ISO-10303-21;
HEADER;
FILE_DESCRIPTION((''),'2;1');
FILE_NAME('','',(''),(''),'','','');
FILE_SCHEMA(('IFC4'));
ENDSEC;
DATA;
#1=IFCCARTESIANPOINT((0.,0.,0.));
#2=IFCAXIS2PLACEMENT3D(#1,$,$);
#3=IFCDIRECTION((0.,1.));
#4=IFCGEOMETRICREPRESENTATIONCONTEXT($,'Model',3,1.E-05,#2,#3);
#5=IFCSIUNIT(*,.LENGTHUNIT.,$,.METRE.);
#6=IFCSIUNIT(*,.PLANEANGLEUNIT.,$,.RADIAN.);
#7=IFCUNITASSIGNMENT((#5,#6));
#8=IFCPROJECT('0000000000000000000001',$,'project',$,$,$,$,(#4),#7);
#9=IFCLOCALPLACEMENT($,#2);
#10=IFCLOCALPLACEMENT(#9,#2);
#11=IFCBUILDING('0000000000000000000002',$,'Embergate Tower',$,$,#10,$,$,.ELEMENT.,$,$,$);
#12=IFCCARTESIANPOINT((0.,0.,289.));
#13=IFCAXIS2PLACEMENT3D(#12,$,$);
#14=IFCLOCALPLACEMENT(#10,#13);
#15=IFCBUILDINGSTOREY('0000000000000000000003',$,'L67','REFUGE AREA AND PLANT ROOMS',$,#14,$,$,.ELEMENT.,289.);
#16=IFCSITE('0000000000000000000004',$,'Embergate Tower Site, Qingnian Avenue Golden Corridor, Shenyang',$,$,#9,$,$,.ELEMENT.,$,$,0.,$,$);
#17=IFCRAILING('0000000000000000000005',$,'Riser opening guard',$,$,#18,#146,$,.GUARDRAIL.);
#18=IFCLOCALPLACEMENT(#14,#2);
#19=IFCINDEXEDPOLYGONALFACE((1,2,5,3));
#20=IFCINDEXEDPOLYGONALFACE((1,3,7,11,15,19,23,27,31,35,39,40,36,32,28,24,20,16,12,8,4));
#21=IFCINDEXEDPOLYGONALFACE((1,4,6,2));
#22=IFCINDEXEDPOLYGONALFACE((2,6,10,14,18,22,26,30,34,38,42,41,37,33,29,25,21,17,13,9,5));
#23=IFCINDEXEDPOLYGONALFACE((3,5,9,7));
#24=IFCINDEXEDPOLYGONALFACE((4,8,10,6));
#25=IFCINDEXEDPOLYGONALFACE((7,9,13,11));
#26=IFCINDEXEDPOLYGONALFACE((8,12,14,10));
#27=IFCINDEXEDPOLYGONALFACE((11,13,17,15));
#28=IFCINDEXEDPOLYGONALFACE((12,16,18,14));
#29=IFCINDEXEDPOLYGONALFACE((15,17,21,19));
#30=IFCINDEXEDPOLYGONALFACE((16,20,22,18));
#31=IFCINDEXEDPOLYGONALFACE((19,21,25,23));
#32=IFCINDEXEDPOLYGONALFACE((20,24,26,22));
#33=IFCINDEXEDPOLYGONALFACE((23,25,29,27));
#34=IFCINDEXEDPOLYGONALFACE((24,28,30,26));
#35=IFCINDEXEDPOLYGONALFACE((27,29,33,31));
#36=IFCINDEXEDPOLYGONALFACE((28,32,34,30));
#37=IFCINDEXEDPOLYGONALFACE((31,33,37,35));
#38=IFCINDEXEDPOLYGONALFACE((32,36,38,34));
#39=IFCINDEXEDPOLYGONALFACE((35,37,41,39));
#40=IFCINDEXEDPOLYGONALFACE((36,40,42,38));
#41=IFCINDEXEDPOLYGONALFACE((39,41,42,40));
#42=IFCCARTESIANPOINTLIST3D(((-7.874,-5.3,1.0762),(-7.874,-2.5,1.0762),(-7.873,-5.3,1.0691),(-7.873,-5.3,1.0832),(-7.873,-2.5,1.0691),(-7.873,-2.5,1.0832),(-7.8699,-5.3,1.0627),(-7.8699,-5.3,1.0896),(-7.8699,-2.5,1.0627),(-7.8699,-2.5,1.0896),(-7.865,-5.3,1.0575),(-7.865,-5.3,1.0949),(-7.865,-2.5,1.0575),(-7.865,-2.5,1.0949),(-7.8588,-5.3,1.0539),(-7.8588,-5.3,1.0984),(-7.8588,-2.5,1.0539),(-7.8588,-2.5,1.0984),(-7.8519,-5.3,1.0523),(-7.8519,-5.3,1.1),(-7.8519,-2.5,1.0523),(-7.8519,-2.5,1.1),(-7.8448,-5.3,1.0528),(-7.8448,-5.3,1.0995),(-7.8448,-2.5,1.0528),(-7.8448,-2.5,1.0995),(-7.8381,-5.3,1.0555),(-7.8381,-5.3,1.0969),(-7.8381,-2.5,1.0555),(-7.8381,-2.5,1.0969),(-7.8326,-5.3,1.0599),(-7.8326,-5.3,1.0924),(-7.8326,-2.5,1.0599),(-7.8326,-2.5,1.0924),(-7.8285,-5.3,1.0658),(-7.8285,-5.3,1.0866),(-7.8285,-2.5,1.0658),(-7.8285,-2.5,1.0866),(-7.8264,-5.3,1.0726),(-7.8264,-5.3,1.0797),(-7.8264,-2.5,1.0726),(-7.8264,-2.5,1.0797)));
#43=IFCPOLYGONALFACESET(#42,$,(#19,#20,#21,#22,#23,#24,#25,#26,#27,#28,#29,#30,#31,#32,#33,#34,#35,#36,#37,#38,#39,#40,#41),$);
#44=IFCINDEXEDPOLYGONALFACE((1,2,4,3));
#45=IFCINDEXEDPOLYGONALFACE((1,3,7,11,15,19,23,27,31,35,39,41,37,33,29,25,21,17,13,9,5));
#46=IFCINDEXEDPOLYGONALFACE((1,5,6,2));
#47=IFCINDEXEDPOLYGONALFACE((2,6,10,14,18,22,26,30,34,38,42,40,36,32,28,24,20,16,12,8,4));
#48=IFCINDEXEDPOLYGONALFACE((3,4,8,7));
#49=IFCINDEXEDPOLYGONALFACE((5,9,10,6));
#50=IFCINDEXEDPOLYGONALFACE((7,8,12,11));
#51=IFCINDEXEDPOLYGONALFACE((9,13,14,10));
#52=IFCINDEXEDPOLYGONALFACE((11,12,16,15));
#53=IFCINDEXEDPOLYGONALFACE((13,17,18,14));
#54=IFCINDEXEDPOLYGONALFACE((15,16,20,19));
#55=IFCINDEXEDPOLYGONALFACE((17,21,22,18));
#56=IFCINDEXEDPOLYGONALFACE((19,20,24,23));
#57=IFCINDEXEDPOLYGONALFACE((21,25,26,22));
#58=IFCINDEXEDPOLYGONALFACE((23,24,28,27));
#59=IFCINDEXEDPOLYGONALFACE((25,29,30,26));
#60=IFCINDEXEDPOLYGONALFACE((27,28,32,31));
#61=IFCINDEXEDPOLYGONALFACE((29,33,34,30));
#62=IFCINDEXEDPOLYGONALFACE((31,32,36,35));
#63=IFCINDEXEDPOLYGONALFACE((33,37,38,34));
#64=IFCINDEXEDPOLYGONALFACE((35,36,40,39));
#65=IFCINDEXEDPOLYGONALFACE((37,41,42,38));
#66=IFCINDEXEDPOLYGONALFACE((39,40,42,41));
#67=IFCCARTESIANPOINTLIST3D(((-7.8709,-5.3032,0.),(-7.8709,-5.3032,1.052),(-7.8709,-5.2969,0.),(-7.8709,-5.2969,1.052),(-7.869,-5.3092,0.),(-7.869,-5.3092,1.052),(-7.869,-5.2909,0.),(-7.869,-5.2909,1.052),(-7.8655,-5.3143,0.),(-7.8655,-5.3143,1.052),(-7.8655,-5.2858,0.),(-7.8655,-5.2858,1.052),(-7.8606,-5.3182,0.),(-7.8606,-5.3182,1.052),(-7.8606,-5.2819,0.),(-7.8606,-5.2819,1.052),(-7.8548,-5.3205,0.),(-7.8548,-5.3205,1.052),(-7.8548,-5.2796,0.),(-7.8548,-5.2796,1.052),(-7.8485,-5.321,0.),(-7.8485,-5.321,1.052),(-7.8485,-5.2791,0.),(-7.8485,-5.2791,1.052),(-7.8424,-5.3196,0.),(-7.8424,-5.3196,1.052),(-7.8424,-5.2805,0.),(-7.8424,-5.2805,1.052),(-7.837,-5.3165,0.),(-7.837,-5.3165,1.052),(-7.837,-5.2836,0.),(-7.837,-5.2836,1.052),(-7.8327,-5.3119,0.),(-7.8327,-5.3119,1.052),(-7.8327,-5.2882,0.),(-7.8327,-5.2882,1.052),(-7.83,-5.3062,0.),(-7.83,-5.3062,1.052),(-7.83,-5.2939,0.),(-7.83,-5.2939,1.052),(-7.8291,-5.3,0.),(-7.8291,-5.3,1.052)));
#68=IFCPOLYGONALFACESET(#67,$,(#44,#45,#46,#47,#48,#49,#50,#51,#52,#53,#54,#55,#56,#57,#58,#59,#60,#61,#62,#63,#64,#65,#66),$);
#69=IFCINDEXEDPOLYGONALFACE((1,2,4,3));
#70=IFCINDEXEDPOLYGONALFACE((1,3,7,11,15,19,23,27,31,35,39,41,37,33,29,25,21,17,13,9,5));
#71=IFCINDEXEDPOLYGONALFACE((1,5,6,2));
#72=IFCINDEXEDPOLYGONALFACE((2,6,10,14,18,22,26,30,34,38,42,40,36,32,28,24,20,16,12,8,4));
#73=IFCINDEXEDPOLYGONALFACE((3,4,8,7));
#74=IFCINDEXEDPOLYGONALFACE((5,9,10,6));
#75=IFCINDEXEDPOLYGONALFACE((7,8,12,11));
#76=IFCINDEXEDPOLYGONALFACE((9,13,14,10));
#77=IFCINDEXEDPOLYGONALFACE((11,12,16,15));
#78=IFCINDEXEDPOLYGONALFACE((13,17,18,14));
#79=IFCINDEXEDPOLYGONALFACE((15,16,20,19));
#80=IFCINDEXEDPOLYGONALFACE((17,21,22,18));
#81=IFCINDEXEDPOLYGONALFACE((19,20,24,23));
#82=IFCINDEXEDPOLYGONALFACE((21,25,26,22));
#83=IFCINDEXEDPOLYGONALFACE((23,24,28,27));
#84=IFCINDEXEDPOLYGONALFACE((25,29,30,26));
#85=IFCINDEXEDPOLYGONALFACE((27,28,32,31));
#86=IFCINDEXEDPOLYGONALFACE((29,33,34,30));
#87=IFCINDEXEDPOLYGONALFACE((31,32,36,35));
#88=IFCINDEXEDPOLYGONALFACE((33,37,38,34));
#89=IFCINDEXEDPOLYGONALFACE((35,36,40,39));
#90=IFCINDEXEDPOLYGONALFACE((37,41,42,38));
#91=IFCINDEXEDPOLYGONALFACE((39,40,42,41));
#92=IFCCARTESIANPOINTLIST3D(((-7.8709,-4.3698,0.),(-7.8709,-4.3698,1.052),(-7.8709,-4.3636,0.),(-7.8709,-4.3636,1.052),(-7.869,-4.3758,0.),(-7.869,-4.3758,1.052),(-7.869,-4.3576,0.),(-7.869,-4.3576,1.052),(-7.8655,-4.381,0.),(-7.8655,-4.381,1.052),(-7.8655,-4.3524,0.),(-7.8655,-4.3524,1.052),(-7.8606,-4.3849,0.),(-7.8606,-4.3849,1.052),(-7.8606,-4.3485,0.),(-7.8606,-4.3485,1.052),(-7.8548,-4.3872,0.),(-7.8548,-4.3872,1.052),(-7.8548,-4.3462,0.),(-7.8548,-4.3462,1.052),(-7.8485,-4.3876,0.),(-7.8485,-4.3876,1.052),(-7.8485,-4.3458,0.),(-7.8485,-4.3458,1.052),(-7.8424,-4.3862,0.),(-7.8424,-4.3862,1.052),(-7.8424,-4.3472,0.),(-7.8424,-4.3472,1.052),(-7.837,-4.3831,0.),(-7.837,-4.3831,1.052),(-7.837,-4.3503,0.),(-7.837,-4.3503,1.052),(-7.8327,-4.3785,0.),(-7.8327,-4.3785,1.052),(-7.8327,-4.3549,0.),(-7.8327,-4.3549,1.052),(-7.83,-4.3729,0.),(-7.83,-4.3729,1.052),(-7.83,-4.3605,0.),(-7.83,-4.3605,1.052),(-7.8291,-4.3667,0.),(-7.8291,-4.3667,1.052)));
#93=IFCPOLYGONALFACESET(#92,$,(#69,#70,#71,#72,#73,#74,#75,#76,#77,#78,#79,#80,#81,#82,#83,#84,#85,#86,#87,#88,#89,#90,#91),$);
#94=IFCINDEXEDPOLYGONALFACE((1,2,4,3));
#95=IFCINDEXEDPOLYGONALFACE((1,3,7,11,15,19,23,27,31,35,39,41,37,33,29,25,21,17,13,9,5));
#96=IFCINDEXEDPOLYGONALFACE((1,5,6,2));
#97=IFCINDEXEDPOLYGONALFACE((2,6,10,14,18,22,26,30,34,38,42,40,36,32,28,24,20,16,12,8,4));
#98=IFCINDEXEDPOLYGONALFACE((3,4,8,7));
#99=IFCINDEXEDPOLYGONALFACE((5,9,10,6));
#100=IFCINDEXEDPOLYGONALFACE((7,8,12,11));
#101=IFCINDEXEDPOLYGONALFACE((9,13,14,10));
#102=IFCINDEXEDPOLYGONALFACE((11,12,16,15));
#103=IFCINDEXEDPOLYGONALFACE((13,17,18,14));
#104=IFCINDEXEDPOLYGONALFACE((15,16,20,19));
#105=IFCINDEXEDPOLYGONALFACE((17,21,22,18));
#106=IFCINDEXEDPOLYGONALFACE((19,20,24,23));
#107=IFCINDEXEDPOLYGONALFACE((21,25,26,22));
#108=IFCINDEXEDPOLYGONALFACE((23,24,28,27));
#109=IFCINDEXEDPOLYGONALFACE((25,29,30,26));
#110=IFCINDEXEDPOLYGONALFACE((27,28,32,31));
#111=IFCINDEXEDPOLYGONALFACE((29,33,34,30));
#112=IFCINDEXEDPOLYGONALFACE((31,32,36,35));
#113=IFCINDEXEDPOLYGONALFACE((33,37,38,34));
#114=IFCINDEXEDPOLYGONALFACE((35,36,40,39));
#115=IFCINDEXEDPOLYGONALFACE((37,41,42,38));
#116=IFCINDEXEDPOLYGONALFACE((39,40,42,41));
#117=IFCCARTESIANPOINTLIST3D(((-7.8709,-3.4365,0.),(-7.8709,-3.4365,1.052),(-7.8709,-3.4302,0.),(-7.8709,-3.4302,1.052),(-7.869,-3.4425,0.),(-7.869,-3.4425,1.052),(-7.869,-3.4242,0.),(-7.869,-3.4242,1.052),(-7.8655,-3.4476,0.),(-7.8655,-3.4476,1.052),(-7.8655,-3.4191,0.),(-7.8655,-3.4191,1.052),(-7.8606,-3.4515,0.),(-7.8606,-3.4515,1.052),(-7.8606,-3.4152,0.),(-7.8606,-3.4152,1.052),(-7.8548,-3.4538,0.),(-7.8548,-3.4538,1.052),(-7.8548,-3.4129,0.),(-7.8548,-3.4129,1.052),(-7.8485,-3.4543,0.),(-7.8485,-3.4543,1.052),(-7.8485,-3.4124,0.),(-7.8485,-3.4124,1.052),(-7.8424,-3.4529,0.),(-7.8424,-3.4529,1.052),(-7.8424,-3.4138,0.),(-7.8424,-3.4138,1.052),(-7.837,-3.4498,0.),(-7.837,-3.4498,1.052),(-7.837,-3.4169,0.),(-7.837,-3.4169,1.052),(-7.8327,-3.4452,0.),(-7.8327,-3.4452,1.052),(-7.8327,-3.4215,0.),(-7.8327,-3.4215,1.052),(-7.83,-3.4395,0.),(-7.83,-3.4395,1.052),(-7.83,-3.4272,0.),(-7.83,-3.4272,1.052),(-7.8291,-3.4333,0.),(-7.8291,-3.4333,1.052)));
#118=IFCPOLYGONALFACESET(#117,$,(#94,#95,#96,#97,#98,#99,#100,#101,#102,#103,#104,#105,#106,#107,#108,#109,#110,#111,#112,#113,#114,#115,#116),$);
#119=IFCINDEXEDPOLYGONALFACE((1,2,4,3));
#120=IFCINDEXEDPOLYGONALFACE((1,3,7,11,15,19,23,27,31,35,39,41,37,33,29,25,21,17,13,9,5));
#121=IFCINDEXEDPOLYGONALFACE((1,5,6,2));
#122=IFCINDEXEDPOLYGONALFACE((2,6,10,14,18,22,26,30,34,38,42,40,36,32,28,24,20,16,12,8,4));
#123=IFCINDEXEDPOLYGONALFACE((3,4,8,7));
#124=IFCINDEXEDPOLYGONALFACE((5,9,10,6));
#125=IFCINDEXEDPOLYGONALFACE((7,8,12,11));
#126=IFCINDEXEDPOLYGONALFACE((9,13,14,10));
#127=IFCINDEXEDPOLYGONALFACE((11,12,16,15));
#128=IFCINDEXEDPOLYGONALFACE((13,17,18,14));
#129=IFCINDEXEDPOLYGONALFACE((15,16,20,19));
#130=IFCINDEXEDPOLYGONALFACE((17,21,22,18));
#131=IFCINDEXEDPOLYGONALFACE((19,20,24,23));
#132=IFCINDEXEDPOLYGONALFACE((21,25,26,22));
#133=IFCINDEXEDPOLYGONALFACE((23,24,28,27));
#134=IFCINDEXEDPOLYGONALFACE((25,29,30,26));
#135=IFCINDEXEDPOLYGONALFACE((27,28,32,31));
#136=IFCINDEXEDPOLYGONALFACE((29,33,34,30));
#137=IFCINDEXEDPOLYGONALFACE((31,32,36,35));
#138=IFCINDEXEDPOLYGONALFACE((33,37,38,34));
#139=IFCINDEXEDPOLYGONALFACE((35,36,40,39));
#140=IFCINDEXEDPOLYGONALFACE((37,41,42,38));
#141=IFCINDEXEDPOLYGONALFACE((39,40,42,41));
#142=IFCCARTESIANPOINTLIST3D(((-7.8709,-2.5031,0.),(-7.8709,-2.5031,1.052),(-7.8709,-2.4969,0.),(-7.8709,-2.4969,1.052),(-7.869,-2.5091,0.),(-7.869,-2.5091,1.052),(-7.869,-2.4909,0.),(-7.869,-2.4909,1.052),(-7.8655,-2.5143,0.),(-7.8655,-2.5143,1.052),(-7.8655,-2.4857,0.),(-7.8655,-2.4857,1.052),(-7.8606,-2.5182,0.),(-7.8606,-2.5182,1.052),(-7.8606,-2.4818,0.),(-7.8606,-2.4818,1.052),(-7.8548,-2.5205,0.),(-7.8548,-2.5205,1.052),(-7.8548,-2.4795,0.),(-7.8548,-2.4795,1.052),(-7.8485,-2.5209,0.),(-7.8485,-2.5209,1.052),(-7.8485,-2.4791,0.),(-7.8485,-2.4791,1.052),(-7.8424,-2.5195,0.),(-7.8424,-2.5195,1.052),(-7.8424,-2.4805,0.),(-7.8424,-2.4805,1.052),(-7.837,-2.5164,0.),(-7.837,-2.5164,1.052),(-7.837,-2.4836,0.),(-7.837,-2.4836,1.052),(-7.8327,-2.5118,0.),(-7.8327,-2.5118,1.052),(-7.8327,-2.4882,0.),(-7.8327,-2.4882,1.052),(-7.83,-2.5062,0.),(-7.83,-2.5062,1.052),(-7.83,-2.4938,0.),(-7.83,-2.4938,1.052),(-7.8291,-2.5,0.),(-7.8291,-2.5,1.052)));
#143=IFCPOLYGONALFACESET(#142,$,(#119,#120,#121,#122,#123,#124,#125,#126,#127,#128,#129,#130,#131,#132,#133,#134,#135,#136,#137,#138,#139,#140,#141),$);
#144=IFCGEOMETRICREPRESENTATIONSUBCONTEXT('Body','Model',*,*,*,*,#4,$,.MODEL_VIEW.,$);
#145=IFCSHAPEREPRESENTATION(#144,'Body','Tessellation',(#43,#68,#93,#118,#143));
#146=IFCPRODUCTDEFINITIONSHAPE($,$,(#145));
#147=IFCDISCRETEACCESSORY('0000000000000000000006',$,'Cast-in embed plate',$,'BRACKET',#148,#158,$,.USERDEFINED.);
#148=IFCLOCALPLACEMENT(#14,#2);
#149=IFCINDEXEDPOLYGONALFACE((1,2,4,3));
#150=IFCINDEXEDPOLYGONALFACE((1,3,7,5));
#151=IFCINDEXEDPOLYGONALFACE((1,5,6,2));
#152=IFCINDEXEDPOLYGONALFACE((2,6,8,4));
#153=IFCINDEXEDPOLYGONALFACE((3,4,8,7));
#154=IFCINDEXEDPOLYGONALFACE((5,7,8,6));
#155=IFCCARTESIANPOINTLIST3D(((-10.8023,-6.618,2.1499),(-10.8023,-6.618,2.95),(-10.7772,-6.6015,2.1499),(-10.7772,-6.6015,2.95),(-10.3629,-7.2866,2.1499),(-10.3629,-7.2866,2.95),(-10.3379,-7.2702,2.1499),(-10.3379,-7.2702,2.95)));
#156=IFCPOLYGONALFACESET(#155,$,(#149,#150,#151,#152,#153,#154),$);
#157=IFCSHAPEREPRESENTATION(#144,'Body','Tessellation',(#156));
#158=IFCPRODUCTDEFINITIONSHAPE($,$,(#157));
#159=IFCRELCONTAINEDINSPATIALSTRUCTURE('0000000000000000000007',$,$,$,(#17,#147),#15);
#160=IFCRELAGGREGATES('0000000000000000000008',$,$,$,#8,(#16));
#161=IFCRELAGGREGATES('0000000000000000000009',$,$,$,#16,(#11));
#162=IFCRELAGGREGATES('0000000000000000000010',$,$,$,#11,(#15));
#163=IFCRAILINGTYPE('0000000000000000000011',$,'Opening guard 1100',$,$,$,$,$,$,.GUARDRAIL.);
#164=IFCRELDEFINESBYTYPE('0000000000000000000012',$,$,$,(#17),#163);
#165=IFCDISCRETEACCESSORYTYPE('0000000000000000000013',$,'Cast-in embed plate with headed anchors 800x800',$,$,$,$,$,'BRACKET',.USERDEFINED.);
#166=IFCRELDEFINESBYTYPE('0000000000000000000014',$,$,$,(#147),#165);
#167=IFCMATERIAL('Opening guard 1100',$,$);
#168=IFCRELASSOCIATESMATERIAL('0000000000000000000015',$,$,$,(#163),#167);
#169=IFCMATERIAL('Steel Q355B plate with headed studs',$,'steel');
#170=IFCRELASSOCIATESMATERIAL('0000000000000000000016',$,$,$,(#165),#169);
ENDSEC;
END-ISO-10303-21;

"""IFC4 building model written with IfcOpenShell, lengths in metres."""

from ifc_helpers import new_model, si_unit, direction, frame, origin, origin_2d, place, context, subcontext, project, spatial, rectangle, circle, extrude, source, transform, mapped, material, type_object, element, save


model = new_model("IFC4")

# Units and contexts
model_context = context("Model", 3, precision=1e-05, world=origin(), true_north=direction((0.0, 1.0)))
body_context = subcontext(model_context, "Body", "Model", "MODEL_VIEW")
ifc_project = project(units=[si_unit("LENGTHUNIT", "METRE"), si_unit("PLANEANGLEUNIT", "RADIAN")], contexts=[model_context])

# Site, building, storey
site_placement = place(None, origin())
site = spatial("IfcSite", under=ifc_project, at=site_placement, Name="Embergate Tower Site, Qingnian Avenue Golden Corridor, Shenyang", CompositionType="ELEMENT", RefElevation=0.0)
building_placement = place(site_placement, origin())
building = spatial("IfcBuilding", under=site, at=building_placement, Name="Embergate Tower", CompositionType="ELEMENT")
storey_placement = place(building_placement, frame((0.0, 0.0, 289.0)))
storey = spatial("IfcBuildingStorey", under=building, at=storey_placement, Name="L67", Description="REFUGE AREA AND PLANT ROOMS", CompositionType="ELEMENT", Elevation=289.0)

# Railing
ifc_material_1 = material(Name="Opening guard 1100")
railing_type = type_object("IfcRailingType", Name="Opening guard 1100", PredefinedType="GUARDRAIL", material=ifc_material_1)
shared_shape_1 = source(origin(), body_context, "Body", "SweptSolid", [
    extrude(circle(Radius=0.0239, at=origin_2d()), frame((0.0, 0.0, 1.0762), z_axis=(0.0, 1.0, 0.0), x_axis=(-1.0, 0.0, 0.0)), (0.0, 0.0, 1.0), 2.8),
    extrude(circle(Radius=0.021, at=origin_2d()), origin(), (0.0, 0.0, 1.0), 1.052),
    extrude(circle(Radius=0.021, at=origin_2d()), frame((0.0, 0.9333, 0.0)), (0.0, 0.0, 1.0), 1.052),
    extrude(circle(Radius=0.021, at=origin_2d()), frame((0.0, 1.8667, 0.0)), (0.0, 0.0, 1.0), 1.052),
    extrude(circle(Radius=0.021, at=origin_2d()), frame((0.0, 2.8, 0.0)), (0.0, 0.0, 1.0), 1.052),
])
railing_placement = place(storey_placement, frame((-7.8501, -5.3, 0.0)))
element("IfcRailing", 1, at=railing_placement, inside=storey, type_object=railing_type, Name="Riser opening guard", PredefinedType="GUARDRAIL", context=body_context, shape_type="MappedRepresentation", body=[
    mapped(shared_shape_1, transform((0.0, 0.0, 0.0))),
])

# Discrete accessory
ifc_material_2 = material(Name="Steel Q355B plate with headed studs", Category="steel")
discrete_accessory_type = type_object("IfcDiscreteAccessoryType", Name="Cast-in embed plate with headed anchors 800x800", ElementType="BRACKET", PredefinedType="USERDEFINED", material=ifc_material_2)
shared_shape_2 = source(origin(), body_context, "Body", "SweptSolid", [
    extrude(rectangle(XDim=0.03, YDim=0.8, at=origin_2d()), origin(), (0.0, 0.0, 1.0), 0.8),
])
discrete_accessory_placement = place(storey_placement, frame((-10.5701, -6.9441, 2.1499), z_axis=(0.0, 0.0, 1.0), x_axis=(-0.835731, -0.54914, 0.0)))
element("IfcDiscreteAccessory", 2, at=discrete_accessory_placement, inside=storey, type_object=discrete_accessory_type, Name="Cast-in embed plate", ObjectType="BRACKET", PredefinedType="USERDEFINED", context=body_context, shape_type="MappedRepresentation", body=[
    mapped(shared_shape_2, transform((0.0, 0.0, 0.0))),
])

save(model, "model.ifc")
